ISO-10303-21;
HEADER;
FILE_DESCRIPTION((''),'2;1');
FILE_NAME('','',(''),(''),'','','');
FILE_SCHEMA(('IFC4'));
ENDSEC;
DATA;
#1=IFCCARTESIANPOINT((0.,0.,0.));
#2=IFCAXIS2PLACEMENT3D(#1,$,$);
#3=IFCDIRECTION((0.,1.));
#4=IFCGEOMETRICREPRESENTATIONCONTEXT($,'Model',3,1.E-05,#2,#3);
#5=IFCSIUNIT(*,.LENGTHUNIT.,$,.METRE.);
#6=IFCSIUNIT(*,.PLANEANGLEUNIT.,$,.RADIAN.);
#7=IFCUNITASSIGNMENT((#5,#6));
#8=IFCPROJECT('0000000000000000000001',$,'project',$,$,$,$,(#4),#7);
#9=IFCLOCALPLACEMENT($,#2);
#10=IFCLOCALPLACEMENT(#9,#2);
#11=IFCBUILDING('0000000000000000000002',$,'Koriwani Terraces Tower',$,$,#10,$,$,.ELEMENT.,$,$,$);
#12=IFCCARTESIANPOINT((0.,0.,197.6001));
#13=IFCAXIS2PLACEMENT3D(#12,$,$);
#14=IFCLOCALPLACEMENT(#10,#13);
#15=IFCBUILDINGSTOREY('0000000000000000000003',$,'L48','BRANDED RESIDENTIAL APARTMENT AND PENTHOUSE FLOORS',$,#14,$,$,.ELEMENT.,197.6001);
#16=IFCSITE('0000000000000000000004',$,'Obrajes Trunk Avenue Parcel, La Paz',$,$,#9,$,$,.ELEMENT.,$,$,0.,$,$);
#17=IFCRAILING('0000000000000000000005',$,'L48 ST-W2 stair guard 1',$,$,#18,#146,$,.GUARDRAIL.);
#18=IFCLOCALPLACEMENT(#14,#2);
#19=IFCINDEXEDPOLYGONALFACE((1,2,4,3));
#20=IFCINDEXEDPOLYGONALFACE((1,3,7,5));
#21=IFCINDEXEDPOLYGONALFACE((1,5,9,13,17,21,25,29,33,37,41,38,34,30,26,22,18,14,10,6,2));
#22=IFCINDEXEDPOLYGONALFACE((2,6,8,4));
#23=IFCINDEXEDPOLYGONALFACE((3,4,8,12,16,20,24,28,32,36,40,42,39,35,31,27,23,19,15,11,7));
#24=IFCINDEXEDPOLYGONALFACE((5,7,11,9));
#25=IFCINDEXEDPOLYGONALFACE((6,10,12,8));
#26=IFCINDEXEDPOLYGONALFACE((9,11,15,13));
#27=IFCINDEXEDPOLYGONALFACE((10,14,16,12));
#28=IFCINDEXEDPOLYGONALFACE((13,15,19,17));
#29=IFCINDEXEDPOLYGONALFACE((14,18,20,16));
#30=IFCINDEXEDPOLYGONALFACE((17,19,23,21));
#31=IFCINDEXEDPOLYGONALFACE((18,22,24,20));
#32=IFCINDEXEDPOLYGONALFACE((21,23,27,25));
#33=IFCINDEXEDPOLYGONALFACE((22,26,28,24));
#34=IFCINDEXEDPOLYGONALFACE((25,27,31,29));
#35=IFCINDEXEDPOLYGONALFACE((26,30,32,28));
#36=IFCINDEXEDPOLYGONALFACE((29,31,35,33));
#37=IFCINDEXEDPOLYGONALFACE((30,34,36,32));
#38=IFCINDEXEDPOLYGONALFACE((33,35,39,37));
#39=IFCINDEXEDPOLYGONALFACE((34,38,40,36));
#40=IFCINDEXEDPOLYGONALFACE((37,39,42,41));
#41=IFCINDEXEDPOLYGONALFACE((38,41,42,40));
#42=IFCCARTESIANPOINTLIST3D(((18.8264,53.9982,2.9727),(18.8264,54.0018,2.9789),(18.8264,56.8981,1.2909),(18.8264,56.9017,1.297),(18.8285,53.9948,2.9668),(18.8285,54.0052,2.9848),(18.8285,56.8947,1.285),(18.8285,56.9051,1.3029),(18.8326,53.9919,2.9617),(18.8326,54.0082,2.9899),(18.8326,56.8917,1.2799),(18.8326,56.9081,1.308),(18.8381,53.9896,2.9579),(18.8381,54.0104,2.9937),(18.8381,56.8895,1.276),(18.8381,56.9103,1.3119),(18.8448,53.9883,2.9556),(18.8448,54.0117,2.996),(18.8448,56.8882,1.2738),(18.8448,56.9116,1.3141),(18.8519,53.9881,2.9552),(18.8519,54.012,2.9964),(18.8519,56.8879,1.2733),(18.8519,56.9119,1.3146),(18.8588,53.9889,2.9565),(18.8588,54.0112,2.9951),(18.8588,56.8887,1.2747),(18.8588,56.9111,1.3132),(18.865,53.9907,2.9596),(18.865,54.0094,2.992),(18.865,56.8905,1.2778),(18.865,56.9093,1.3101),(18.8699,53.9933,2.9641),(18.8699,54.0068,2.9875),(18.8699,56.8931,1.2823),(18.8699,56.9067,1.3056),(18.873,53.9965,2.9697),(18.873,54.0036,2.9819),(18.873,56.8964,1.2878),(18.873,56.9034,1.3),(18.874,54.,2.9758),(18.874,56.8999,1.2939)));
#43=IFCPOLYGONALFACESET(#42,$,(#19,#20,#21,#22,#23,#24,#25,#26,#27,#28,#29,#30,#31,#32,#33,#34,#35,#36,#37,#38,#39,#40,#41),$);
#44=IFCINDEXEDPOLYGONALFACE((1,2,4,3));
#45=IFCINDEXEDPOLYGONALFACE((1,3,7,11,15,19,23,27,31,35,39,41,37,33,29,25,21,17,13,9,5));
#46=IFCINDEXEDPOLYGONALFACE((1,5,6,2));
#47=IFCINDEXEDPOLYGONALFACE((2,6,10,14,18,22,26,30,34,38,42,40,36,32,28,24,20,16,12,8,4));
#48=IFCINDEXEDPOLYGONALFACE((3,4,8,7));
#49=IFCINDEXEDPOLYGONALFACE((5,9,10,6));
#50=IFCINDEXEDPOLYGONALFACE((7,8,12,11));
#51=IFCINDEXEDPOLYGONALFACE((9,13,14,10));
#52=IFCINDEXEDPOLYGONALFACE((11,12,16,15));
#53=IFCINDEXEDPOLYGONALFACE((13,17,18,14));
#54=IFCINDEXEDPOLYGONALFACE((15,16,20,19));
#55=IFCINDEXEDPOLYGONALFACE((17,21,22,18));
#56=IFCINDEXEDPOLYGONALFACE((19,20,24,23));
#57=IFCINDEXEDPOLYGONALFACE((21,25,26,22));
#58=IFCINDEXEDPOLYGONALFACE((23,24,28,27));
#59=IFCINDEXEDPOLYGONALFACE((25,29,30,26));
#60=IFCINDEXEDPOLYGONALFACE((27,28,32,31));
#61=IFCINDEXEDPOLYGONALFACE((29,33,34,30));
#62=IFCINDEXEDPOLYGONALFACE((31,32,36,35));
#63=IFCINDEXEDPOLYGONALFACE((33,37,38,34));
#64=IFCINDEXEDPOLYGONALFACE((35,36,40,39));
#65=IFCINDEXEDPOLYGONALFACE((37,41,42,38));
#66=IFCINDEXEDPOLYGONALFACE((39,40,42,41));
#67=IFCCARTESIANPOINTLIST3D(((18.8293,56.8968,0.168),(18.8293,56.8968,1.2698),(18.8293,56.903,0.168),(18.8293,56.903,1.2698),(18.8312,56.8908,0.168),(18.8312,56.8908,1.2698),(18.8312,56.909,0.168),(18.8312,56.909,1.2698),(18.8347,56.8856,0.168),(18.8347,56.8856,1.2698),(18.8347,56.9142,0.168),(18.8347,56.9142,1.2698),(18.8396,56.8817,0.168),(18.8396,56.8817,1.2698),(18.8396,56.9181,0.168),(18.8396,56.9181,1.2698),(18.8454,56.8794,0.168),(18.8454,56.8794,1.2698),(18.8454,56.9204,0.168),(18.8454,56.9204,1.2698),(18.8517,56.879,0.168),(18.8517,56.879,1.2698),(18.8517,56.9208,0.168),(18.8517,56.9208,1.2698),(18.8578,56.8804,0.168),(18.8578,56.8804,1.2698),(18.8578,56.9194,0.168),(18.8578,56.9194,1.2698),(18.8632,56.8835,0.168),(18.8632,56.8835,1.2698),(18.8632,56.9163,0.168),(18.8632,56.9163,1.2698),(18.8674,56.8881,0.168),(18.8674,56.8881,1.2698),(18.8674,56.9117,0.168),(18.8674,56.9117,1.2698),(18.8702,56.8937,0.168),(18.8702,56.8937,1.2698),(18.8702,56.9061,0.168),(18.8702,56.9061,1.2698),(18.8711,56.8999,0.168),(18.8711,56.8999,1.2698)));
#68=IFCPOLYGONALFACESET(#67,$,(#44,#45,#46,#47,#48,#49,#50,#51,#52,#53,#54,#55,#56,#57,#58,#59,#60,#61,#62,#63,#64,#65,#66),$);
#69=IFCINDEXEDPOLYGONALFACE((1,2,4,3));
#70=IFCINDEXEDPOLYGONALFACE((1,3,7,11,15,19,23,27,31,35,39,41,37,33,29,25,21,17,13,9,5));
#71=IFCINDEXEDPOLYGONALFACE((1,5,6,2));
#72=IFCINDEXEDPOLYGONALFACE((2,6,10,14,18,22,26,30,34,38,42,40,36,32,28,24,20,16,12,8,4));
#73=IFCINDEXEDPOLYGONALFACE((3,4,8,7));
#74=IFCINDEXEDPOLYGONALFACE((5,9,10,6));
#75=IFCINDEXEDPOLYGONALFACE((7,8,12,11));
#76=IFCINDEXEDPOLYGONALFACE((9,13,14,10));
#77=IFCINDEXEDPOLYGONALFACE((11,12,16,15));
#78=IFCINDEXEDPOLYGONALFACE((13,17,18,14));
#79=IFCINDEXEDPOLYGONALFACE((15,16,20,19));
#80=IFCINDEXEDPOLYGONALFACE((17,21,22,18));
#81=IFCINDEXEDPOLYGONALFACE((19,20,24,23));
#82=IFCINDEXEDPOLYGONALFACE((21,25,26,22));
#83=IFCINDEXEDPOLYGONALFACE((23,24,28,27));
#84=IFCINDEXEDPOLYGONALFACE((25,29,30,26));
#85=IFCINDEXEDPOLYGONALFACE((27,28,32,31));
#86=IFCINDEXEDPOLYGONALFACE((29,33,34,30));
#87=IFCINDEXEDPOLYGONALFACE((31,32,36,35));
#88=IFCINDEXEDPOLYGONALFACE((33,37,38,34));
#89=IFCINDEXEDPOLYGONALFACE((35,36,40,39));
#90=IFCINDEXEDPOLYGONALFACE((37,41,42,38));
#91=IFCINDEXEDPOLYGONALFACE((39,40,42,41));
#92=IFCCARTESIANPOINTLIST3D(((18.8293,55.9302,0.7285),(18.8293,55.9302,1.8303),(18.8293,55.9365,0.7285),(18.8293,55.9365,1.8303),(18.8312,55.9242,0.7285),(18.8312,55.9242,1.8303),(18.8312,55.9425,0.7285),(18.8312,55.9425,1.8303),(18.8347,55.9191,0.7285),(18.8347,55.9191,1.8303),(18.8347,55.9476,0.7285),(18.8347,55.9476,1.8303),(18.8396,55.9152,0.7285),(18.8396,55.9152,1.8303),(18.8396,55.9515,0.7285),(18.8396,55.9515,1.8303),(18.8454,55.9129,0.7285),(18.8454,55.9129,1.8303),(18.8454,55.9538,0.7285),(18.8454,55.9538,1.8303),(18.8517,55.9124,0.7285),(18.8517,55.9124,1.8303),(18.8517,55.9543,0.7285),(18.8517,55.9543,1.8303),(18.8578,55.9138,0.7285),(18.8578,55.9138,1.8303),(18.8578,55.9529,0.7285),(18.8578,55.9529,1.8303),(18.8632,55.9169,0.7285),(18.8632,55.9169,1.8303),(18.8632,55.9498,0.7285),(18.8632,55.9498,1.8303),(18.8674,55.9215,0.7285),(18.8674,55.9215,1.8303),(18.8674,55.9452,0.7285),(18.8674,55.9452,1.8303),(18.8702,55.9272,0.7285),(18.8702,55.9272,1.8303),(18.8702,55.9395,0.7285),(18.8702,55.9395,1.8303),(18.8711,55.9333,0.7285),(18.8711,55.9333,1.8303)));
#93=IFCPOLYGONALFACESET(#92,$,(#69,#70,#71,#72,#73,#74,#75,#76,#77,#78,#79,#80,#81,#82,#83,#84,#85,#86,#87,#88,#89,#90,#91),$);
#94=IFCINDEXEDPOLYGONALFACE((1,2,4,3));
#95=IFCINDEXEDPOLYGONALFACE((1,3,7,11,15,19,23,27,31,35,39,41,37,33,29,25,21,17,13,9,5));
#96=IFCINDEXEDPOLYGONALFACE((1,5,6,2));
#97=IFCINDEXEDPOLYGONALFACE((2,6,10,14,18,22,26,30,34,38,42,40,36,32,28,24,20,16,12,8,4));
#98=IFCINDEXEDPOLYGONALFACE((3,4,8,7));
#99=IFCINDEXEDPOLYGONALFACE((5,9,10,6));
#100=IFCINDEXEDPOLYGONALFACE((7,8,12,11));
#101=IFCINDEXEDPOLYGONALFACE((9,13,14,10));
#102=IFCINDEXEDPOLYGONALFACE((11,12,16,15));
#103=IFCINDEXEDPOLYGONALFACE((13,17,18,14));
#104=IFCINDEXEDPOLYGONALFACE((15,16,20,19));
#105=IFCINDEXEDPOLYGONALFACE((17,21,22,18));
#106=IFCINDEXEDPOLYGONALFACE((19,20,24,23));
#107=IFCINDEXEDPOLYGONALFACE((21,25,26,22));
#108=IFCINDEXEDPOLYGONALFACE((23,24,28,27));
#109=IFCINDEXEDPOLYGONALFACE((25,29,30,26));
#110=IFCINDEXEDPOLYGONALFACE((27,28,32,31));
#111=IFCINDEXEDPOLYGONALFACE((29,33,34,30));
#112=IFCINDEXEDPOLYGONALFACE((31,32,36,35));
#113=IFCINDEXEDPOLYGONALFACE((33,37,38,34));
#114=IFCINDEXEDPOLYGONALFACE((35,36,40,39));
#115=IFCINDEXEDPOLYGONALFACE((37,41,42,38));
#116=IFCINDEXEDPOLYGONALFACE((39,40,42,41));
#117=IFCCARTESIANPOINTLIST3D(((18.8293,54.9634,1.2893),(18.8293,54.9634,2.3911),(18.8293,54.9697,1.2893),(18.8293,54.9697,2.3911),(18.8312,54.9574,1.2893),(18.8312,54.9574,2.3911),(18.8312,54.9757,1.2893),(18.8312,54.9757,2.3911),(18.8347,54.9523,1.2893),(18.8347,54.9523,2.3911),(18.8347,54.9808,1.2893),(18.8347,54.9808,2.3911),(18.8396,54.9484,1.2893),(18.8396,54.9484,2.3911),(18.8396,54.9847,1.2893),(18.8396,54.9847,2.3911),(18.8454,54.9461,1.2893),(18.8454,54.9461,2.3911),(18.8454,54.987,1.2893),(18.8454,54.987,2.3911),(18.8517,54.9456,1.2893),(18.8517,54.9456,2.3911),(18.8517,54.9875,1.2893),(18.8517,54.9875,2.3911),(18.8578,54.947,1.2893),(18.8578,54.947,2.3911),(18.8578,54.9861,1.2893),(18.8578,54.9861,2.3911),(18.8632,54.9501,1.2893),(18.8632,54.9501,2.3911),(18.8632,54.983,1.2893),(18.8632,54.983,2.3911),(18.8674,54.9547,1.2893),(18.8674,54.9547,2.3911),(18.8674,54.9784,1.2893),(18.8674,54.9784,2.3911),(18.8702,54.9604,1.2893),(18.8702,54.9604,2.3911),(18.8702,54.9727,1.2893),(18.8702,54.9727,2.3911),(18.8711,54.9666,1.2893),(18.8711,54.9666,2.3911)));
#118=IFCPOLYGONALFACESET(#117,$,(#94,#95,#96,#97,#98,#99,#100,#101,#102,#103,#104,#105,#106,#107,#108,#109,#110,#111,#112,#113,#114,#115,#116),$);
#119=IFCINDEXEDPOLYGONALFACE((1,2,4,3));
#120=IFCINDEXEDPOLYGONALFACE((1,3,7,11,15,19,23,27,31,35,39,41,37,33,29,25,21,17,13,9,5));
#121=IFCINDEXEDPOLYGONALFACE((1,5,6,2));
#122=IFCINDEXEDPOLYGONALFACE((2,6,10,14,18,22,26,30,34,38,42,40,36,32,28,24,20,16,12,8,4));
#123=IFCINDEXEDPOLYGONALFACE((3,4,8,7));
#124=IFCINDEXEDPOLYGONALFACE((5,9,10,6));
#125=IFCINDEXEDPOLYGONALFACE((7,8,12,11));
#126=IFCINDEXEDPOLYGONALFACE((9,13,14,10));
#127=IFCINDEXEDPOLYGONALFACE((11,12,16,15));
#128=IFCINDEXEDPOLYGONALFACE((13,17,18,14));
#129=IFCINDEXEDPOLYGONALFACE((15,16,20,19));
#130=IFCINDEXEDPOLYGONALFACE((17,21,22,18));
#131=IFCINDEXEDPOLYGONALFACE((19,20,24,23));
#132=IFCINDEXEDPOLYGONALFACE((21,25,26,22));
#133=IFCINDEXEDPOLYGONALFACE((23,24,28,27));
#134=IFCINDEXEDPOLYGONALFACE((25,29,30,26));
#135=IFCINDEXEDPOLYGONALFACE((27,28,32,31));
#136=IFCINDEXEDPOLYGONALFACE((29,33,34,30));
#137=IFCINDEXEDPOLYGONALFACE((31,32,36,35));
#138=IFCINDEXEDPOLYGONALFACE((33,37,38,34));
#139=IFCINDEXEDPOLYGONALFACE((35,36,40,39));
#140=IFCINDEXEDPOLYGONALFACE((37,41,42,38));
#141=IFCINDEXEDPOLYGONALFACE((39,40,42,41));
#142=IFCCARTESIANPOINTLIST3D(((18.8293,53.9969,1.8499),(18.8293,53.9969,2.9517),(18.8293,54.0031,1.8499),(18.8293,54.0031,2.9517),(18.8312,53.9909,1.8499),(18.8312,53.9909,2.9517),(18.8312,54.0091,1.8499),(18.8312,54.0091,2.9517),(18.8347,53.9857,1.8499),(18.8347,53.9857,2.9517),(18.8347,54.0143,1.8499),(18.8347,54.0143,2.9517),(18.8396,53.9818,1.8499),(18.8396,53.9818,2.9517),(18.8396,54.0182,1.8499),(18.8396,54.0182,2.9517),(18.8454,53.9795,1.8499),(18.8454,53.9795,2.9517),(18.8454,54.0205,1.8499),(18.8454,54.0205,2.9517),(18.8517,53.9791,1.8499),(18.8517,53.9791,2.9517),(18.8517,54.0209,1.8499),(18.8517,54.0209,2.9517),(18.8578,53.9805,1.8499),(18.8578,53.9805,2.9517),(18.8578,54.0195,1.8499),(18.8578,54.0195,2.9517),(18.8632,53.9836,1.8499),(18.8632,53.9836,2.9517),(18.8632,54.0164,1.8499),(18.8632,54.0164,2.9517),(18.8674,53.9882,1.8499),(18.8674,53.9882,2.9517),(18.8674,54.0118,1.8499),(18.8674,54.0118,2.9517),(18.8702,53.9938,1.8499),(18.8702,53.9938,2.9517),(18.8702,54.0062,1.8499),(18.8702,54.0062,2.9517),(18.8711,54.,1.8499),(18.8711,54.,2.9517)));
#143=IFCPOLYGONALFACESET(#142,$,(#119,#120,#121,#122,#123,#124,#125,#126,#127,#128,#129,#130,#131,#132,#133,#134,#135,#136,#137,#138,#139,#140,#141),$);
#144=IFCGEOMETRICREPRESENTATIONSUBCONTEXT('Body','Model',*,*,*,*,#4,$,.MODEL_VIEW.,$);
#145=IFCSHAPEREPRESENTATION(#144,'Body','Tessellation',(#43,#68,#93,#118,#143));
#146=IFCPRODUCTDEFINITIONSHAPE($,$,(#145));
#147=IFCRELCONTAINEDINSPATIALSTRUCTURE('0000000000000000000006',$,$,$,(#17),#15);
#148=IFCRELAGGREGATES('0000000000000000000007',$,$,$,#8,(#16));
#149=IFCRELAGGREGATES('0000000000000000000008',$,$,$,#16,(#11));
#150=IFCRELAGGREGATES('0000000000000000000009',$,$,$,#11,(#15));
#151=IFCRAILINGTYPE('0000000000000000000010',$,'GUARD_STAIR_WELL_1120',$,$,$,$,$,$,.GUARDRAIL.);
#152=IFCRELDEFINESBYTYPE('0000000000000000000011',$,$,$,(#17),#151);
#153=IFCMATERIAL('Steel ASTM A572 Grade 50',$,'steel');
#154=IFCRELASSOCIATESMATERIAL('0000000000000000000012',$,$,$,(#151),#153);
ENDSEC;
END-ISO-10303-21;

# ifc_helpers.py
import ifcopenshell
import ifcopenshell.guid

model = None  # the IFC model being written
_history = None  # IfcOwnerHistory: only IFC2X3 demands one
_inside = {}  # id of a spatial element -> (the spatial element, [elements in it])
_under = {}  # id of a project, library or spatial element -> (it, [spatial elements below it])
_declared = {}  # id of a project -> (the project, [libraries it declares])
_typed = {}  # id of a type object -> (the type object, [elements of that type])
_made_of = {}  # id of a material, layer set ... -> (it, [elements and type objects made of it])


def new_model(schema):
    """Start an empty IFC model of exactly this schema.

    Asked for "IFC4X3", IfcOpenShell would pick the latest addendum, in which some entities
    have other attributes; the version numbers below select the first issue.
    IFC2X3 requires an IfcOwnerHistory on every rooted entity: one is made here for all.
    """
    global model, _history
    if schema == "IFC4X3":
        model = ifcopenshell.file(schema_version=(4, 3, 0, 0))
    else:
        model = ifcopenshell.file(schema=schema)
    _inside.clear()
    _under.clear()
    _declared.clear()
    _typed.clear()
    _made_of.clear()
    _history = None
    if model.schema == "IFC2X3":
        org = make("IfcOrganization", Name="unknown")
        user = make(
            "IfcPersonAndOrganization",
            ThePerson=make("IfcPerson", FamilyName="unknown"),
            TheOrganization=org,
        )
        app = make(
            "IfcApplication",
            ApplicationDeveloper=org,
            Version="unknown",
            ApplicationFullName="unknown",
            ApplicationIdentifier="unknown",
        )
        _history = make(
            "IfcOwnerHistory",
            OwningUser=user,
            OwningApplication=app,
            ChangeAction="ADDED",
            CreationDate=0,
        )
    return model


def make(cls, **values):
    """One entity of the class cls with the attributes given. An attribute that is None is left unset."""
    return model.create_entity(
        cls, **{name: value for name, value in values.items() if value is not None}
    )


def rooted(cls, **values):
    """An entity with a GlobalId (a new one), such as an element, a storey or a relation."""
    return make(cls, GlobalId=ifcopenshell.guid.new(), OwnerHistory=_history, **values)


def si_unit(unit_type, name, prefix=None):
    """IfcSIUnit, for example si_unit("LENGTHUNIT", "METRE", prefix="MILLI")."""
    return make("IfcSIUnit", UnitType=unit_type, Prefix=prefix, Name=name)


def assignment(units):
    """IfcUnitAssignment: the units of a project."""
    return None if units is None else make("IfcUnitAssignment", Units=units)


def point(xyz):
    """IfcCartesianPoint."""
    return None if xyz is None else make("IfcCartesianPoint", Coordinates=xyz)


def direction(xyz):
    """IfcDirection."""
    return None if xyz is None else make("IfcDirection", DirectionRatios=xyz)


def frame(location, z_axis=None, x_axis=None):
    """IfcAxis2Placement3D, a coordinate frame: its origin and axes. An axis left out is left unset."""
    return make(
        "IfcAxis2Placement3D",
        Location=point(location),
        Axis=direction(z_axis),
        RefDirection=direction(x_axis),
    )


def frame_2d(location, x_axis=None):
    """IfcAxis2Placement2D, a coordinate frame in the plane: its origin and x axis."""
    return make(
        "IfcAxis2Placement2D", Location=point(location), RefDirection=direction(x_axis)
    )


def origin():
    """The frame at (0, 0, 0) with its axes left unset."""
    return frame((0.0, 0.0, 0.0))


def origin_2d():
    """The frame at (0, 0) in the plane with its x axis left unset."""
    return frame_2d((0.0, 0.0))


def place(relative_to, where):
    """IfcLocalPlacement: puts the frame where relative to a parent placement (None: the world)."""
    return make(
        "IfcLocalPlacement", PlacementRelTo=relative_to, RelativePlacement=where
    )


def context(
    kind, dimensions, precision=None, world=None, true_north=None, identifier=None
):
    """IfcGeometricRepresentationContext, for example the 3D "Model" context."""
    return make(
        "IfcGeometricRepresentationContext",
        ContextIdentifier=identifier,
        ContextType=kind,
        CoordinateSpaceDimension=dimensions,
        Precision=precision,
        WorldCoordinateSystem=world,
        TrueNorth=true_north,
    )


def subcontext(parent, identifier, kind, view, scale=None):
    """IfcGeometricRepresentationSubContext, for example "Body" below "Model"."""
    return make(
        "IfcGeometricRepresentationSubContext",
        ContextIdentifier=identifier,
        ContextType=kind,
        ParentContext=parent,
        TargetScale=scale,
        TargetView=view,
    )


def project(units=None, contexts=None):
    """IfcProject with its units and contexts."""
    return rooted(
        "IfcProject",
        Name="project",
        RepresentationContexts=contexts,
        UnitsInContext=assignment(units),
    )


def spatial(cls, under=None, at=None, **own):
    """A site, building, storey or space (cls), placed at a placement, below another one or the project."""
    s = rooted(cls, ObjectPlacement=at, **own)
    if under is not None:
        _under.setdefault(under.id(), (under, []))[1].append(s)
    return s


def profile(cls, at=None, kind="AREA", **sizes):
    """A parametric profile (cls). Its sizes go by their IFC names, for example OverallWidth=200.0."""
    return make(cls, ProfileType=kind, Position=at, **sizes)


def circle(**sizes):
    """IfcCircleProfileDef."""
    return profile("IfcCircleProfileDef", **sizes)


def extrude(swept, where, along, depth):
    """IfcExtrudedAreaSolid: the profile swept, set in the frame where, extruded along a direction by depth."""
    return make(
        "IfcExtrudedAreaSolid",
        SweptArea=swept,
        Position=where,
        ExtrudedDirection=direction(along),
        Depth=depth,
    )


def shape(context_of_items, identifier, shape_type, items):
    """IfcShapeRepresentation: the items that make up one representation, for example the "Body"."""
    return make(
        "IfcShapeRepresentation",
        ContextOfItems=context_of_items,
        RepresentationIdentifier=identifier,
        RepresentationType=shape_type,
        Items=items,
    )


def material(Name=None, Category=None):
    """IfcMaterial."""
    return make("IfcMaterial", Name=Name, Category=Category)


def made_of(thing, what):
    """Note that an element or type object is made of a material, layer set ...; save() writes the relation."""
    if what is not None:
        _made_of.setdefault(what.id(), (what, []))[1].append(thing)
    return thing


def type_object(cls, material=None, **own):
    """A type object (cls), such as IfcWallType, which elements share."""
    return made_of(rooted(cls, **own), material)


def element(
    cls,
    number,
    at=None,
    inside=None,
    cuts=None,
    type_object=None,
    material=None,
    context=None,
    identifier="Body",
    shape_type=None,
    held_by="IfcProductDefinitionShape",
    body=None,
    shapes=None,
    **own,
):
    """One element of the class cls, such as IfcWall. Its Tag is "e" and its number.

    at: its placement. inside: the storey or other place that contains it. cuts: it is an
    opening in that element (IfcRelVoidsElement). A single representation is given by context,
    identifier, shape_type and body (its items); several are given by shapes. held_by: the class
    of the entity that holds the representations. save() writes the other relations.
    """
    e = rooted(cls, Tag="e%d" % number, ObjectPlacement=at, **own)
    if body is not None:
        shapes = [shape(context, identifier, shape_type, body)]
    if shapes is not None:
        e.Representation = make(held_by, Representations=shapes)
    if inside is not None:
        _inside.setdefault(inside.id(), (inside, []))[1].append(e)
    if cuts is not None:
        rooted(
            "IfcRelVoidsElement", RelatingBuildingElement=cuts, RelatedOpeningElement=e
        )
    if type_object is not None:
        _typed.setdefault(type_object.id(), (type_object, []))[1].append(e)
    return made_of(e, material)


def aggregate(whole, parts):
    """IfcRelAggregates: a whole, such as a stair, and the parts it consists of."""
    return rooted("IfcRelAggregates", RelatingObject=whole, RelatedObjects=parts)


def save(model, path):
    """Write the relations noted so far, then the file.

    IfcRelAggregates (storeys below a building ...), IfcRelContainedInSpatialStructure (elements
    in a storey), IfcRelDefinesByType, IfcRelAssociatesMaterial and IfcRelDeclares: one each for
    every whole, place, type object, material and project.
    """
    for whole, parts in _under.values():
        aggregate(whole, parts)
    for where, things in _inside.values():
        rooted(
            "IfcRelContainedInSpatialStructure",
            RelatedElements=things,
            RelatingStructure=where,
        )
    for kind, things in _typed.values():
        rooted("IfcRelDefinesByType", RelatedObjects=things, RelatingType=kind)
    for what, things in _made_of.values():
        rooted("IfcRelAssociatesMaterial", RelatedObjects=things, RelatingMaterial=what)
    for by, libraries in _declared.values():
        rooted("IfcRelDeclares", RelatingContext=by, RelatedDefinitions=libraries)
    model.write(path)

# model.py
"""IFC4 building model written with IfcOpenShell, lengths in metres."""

from ifc_helpers import new_model, si_unit, direction, frame, origin, origin_2d, place, context, subcontext, project, spatial, circle, extrude, material, type_object, element, save


model = new_model("IFC4")

# Units and contexts
model_context = context("Model", 3, precision=1e-05, world=origin(), true_north=direction((0.0, 1.0)))
body_context = subcontext(model_context, "Body", "Model", "MODEL_VIEW")
ifc_project = project(units=[si_unit("LENGTHUNIT", "METRE"), si_unit("PLANEANGLEUNIT", "RADIAN")], contexts=[model_context])

# Site, building, storey
site_placement = place(None, origin())
site = spatial("IfcSite", under=ifc_project, at=site_placement, Name="Obrajes Trunk Avenue Parcel, La Paz", CompositionType="ELEMENT", RefElevation=0.0)
building_placement = place(site_placement, origin())
building = spatial("IfcBuilding", under=site, at=building_placement, Name="Koriwani Terraces Tower", CompositionType="ELEMENT")
storey_placement = place(building_placement, frame((0.0, 0.0, 197.6001)))
storey = spatial("IfcBuildingStorey", under=building, at=storey_placement, Name="L48", Description="BRANDED RESIDENTIAL APARTMENT AND PENTHOUSE FLOORS", CompositionType="ELEMENT", Elevation=197.6001)

# Shared definitions
ifc_material_1 = material(Name="Steel ASTM A572 Grade 50", Category="steel")

# Railing
railing_type_1 = type_object("IfcRailingType", Name="GUARD_STAIR_WELL_1120", PredefinedType="GUARDRAIL", material=ifc_material_1)
railing_1_placement = place(storey_placement, frame((18.8501, 56.8999, 0.168)))
element("IfcRailing", 1, at=railing_1_placement, inside=storey, type_object=railing_type_1, Name="L48 ST-W2 stair guard 1", PredefinedType="GUARDRAIL", context=body_context, shape_type="SweptSolid", body=[
    extrude(circle(Radius=0.0239, at=origin_2d()), frame((0.0, 0.0, 1.126), z_axis=(0.0, -0.865039, 0.501705), x_axis=(1.0, 0.0, 0.0)), (0.0, 0.0, 1.0), 3.3523),
    extrude(circle(Radius=0.021, at=origin_2d()), origin(), (0.0, 0.0, 1.0), 1.1018),
    extrude(circle(Radius=0.021, at=origin_2d()), frame((0.0, -0.9666, 0.5605)), (0.0, 0.0, 1.0), 1.1018),
    extrude(circle(Radius=0.021, at=origin_2d()), frame((0.0, -1.9333, 1.1213)), (0.0, 0.0, 1.0), 1.1018),
    extrude(circle(Radius=0.021, at=origin_2d()), frame((0.0, -2.8999, 1.6819)), (0.0, 0.0, 1.0), 1.1018),
])

save(model, "model.ifc")
